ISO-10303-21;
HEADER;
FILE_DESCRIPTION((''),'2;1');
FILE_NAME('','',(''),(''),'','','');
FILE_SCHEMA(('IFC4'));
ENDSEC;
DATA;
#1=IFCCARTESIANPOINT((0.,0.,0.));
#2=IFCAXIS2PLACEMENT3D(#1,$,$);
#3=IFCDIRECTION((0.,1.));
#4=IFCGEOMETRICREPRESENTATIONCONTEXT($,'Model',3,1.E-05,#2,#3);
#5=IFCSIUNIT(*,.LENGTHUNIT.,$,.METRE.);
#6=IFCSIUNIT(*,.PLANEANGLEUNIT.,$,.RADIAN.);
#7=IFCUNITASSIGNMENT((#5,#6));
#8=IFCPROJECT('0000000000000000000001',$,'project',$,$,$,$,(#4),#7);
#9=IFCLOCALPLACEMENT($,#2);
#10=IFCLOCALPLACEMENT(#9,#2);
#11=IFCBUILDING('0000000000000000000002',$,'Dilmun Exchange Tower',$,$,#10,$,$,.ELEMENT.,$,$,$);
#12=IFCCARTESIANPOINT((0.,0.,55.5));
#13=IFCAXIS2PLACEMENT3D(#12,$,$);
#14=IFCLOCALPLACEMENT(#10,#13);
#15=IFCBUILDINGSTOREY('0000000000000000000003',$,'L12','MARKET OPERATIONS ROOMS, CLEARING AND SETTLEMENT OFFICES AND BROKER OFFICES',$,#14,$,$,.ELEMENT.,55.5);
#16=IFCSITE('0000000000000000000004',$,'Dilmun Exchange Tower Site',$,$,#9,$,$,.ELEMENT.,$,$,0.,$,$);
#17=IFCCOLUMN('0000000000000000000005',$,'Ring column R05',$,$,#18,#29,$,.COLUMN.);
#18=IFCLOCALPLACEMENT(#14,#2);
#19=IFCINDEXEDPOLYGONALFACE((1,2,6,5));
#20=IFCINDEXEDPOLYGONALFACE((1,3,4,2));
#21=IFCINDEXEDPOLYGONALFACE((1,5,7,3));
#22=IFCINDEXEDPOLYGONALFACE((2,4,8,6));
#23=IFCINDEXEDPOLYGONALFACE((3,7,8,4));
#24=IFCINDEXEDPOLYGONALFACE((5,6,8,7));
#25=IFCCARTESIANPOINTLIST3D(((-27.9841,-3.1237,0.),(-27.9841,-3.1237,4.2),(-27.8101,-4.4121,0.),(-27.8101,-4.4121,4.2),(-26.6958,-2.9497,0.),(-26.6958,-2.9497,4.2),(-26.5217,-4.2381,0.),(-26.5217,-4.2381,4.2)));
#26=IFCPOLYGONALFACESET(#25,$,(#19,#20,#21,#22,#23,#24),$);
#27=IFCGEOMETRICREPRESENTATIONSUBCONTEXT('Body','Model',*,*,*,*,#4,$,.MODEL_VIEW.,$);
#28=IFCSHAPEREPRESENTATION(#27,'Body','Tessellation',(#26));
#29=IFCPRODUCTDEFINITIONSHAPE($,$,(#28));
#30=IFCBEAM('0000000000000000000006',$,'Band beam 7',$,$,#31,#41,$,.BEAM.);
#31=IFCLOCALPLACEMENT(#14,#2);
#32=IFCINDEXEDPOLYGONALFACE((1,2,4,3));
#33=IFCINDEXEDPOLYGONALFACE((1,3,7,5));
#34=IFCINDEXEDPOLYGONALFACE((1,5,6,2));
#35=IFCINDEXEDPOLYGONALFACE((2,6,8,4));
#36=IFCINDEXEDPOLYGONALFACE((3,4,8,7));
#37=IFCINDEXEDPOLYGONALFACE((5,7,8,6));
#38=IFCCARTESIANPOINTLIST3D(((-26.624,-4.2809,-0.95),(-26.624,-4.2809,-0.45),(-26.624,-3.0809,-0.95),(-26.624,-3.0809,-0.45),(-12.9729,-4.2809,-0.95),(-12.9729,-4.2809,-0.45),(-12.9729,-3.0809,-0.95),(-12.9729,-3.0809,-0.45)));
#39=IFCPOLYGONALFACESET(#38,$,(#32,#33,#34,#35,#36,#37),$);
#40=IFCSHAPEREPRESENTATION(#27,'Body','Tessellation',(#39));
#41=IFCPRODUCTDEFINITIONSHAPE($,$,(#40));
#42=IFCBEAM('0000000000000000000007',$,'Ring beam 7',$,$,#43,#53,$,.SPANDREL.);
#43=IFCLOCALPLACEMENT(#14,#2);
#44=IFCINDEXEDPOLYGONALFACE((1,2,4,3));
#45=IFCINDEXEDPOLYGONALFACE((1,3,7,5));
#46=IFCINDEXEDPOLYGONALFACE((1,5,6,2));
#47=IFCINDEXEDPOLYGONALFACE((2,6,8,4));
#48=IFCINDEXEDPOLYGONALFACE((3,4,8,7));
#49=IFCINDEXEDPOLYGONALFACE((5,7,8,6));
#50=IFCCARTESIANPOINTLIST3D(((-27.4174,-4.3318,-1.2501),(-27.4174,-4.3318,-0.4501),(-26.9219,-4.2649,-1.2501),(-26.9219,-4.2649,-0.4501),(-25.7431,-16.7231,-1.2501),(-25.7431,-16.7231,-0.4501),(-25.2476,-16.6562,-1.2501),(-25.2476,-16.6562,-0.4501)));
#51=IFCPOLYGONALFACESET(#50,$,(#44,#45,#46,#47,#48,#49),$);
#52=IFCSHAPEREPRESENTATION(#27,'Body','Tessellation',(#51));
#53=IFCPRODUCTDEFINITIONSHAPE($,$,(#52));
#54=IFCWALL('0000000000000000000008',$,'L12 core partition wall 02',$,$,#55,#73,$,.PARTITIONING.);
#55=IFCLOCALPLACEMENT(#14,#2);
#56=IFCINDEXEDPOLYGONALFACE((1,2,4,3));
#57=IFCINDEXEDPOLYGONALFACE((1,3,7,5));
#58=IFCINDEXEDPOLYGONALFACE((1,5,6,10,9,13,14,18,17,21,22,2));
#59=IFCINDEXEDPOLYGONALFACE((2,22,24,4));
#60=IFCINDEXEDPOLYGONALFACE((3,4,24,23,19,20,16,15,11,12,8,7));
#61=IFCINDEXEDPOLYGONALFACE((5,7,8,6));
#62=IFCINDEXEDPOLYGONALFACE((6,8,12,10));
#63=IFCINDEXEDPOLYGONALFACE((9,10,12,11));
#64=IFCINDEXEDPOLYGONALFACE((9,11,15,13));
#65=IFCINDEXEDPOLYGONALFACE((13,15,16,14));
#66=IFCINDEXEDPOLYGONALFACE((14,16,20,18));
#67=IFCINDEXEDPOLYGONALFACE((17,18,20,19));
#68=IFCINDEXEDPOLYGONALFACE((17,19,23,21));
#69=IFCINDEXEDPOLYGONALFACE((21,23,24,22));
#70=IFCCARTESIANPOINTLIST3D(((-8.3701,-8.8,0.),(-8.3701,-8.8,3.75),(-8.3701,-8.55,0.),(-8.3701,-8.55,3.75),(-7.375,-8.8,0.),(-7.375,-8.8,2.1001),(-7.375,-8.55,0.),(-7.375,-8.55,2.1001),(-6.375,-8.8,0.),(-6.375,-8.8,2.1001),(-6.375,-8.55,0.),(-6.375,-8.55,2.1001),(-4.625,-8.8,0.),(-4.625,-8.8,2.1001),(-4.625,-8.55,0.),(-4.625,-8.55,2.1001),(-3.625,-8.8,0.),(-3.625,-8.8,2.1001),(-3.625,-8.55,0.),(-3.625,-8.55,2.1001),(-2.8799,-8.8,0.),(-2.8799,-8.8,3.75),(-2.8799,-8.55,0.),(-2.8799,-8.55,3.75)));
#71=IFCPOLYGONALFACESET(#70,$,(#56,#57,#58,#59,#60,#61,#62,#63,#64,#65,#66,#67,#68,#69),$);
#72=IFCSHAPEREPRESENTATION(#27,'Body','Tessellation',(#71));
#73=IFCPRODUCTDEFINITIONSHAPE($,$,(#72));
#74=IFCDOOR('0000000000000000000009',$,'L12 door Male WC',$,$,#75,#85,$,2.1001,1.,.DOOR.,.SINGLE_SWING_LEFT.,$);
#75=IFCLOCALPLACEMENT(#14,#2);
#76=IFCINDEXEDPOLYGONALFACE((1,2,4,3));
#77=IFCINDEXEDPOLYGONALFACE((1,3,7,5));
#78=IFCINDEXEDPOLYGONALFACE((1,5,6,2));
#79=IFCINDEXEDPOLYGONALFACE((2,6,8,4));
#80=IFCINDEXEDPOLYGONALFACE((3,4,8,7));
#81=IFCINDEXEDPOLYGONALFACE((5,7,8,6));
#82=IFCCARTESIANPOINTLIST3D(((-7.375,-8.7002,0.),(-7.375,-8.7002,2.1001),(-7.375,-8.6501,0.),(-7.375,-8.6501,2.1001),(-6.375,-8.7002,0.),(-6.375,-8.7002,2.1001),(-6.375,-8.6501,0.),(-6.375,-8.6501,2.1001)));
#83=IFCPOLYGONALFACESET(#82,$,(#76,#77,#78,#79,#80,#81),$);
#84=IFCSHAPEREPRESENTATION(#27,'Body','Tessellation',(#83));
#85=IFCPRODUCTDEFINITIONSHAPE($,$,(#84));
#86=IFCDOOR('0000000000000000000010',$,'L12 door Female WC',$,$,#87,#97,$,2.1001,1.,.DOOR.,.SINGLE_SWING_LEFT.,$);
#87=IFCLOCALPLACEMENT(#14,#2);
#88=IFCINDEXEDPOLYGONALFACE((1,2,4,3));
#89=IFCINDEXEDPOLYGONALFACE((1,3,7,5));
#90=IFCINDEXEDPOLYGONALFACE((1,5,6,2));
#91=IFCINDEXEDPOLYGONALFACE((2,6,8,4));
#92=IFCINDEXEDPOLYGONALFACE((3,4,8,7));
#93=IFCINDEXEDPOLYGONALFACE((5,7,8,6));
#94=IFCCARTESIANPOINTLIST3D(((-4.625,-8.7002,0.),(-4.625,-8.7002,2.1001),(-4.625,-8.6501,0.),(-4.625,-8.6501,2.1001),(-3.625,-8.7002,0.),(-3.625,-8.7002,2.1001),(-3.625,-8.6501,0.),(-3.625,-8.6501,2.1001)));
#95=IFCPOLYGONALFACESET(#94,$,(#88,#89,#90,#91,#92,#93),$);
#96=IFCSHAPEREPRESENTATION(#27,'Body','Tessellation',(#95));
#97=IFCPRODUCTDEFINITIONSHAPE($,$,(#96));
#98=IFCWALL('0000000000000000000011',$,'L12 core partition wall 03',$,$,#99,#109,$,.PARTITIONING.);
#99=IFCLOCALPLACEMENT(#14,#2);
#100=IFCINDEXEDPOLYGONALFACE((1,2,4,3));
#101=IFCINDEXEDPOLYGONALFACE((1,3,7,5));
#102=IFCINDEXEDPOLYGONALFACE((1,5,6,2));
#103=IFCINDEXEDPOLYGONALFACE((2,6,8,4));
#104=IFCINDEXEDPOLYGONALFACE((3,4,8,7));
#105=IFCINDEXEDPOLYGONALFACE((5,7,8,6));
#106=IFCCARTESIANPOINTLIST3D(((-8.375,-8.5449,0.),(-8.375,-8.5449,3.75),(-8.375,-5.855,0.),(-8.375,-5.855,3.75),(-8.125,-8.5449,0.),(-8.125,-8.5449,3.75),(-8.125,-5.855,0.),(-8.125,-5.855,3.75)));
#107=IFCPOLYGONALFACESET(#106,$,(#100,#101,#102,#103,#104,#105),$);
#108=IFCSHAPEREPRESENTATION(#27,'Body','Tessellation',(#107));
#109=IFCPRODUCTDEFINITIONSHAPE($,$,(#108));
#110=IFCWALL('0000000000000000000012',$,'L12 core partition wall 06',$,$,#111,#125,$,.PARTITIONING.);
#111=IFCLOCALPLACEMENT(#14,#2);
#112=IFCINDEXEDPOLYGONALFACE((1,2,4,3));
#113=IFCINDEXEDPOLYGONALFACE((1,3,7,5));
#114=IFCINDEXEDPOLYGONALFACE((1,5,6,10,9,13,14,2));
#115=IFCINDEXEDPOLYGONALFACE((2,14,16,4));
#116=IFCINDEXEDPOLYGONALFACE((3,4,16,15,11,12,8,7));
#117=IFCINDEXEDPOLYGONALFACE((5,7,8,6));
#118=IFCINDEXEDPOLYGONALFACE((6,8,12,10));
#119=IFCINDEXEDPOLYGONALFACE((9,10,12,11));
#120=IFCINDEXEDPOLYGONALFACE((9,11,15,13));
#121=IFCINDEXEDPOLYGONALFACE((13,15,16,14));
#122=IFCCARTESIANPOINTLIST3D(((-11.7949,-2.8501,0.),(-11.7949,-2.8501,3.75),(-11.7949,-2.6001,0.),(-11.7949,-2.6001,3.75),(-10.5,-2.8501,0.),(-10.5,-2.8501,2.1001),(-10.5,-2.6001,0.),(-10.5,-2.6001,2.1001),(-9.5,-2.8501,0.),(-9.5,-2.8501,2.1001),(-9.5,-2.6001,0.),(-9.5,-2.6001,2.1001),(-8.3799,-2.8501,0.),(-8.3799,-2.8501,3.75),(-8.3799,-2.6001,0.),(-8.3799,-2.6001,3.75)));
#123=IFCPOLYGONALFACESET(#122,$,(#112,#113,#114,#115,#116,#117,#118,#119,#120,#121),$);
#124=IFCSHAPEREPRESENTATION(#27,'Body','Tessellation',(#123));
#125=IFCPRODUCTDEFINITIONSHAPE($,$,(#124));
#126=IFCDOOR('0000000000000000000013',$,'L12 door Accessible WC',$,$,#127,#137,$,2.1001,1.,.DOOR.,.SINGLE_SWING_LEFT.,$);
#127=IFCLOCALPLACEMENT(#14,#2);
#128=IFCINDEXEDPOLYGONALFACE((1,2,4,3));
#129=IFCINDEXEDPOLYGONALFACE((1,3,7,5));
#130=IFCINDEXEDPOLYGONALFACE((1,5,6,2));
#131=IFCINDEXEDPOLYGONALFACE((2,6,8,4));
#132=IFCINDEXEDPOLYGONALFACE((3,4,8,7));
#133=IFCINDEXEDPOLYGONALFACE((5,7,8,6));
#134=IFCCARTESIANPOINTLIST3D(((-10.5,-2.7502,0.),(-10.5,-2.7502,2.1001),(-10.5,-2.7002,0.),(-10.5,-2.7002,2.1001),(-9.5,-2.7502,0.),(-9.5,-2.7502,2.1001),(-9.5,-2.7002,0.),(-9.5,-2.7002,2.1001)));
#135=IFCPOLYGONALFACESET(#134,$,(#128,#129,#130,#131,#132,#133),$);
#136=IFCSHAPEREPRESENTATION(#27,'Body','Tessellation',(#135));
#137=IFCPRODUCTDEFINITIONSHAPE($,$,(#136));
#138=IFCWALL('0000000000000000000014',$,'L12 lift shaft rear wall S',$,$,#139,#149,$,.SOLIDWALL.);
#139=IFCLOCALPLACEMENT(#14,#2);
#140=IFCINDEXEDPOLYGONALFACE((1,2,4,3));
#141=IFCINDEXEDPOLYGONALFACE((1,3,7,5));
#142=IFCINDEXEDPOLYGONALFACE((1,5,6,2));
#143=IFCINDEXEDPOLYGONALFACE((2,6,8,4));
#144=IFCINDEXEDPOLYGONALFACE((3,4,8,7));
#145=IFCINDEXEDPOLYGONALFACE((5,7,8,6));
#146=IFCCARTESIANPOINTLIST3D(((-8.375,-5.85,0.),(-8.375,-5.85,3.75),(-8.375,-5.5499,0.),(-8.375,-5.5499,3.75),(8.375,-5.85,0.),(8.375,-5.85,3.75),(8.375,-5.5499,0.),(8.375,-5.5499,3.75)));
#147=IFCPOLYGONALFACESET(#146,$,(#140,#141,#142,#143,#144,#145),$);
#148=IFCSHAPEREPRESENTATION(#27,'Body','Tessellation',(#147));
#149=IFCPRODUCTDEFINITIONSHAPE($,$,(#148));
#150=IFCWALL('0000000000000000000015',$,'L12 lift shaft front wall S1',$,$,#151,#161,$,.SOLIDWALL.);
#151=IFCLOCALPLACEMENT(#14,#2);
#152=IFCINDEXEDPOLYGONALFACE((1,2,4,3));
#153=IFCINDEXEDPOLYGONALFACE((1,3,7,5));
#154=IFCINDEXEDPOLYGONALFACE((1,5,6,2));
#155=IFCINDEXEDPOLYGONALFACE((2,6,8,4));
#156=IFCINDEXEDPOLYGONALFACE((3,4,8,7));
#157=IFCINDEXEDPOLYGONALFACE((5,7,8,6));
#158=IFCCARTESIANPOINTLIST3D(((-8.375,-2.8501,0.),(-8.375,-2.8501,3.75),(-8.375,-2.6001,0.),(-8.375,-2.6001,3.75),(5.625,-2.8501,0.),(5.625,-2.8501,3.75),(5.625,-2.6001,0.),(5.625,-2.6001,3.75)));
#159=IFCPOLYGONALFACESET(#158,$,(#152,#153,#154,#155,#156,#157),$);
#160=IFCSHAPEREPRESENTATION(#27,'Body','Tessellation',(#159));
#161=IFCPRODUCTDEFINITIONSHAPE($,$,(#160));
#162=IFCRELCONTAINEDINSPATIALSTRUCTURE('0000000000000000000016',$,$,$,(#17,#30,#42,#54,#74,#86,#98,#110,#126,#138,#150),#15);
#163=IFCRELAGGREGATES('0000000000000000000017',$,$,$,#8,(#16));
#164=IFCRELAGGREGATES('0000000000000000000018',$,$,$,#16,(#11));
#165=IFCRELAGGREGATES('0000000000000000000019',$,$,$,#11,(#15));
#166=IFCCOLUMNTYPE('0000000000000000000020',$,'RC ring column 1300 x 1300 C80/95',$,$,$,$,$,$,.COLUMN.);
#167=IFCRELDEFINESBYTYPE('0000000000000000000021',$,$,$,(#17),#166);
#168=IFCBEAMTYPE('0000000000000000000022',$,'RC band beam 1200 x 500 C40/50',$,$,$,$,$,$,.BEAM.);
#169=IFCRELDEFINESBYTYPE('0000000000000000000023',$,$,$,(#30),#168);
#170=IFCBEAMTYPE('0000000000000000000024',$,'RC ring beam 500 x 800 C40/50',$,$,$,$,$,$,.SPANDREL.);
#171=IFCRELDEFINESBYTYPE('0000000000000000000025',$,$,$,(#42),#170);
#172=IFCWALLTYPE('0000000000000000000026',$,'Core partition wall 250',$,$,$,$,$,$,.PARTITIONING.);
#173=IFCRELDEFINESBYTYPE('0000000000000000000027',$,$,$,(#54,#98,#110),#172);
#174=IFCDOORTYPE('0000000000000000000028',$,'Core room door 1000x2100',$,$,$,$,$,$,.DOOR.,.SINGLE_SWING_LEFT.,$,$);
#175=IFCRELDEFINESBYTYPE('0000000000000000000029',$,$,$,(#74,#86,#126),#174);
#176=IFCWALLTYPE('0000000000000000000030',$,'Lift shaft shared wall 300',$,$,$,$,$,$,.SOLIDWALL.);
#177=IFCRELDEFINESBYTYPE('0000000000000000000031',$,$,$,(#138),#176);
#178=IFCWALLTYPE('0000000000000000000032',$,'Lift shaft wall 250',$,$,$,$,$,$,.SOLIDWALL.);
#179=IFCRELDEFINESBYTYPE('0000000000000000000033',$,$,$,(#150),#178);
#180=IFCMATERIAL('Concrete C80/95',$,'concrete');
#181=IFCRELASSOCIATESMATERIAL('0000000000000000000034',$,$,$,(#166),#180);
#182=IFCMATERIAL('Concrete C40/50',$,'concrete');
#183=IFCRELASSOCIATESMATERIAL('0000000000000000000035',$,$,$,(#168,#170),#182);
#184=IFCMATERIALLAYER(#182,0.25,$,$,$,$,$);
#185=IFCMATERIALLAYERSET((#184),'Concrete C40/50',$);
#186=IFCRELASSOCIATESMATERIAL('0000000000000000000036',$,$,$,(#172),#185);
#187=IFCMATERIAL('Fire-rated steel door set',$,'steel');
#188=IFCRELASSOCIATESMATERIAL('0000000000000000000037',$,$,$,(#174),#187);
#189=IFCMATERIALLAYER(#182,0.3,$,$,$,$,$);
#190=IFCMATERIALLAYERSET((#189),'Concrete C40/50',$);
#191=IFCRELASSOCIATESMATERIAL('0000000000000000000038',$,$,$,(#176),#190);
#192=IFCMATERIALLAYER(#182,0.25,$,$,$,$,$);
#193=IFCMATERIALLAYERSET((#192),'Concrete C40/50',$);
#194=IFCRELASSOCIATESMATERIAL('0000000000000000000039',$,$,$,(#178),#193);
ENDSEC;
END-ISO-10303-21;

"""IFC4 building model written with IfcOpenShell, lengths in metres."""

from ifc_helpers import new_model, si_unit, direction, frame, frame_2d, origin, origin_2d, place, context, subcontext, project, spatial, rectangle, extrude, material, layer, layer_set, material_profile, profile_set, type_object, element, fill, save


model = new_model("IFC4")

# Units and contexts
model_context = context("Model", 3, precision=1e-05, world=origin(), true_north=direction((0.0, 1.0)))
body_context = subcontext(model_context, "Body", "Model", "MODEL_VIEW")
ifc_project = project(units=[si_unit("LENGTHUNIT", "METRE"), si_unit("PLANEANGLEUNIT", "RADIAN")], contexts=[model_context])

# Site, building, storey
site_placement = place(None, origin())
site = spatial("IfcSite", under=ifc_project, at=site_placement, Name="Dilmun Exchange Tower Site", CompositionType="ELEMENT", RefElevation=0.0)
building_placement = place(site_placement, origin())
building = spatial("IfcBuilding", under=site, at=building_placement, Name="Dilmun Exchange Tower", CompositionType="ELEMENT")
storey_placement = place(building_placement, frame((0.0, 0.0, 55.5)))
storey = spatial("IfcBuildingStorey", under=building, at=storey_placement, Name="L12", Description="MARKET OPERATIONS ROOMS, CLEARING AND SETTLEMENT OFFICES AND BROKER OFFICES", CompositionType="ELEMENT", Elevation=55.5)

# Column
ifc_material_1 = material(Name="Concrete C80/95", Category="concrete")
ifc_material_profile_1 = material_profile(ifc_material_1, rectangle(XDim=1.3, YDim=1.3, at=origin_2d()), Name="1300 x 1300")
ifc_profile_set_1 = profile_set([ifc_material_profile_1], Name="Concrete C80/95")
column_type = type_object("IfcColumnType", Name="RC ring column 1300 x 1300 C80/95", PredefinedType="COLUMN", material=ifc_profile_set_1)
column_placement = place(storey_placement, frame((-27.2529, -3.6809, 0.0), z_axis=(0.0, 0.0, 1.0), x_axis=(0.991001, 0.133853, 0.0)))
element("IfcColumn", 1, at=column_placement, inside=storey, type_object=column_type, Name="Ring column R05", PredefinedType="COLUMN", context=body_context, shape_type="SweptSolid", body=[
    extrude(rectangle(XDim=1.3, YDim=1.3, at=origin_2d()), origin(), (0.0, 0.0, 1.0), 4.2),
])

# Beams
ifc_material_2 = material(Name="Concrete C40/50", Category="concrete")
ifc_material_profile_2 = material_profile(ifc_material_2, rectangle(XDim=1.2, YDim=0.5, at=origin_2d()), Name="1200 x 500")
ifc_profile_set_2 = profile_set([ifc_material_profile_2], Name="Concrete C40/50")
beam_type_1 = type_object("IfcBeamType", Name="RC band beam 1200 x 500 C40/50", PredefinedType="BEAM", material=ifc_profile_set_2)
beam_1_placement = place(storey_placement, frame((-26.624, -3.6809, -0.7), z_axis=(1.0, 0.0, 0.0), x_axis=(0.0, 1.0, 0.0)))
element("IfcBeam", 2, at=beam_1_placement, inside=storey, type_object=beam_type_1, Name="Band beam 7", PredefinedType="BEAM", context=body_context, shape_type="SweptSolid", body=[
    extrude(rectangle(XDim=1.2, YDim=0.5, at=origin_2d()), origin(), (0.0, 0.0, 1.0), 13.6511),
])
ifc_material_profile_3 = material_profile(ifc_material_2, rectangle(XDim=0.5, YDim=0.8, at=origin_2d()), Name="500 x 800")
ifc_profile_set_3 = profile_set([ifc_material_profile_3], Name="Concrete C40/50")
beam_type_2 = type_object("IfcBeamType", Name="RC ring beam 500 x 800 C40/50", PredefinedType="SPANDREL", material=ifc_profile_set_3)
beam_2_placement = place(storey_placement, frame((-27.1697, -4.2983, -0.8501), z_axis=(0.133903, -0.990994, 0.0), x_axis=(0.990994, 0.133903, 0.0)))
element("IfcBeam", 3, at=beam_2_placement, inside=storey, type_object=beam_type_2, Name="Ring beam 7", PredefinedType="SPANDREL", context=body_context, shape_type="SweptSolid", body=[
    extrude(rectangle(XDim=0.5, YDim=0.8, at=origin_2d()), origin(), (0.0, 0.0, 1.0), 12.5039),
])

# Wall, openings, doors
ifc_layer_1 = layer(ifc_material_2, 0.25)
ifc_layer_set_1 = layer_set([ifc_layer_1], Name="Concrete C40/50")
wall_type_1 = type_object("IfcWallType", Name="Core partition wall 250", PredefinedType="PARTITIONING", material=ifc_layer_set_1)
wall_1_placement = place(storey_placement, frame((-8.3701, -8.675, 0.0), z_axis=(0.0, 0.0, 1.0), x_axis=(1.0, 0.0, 0.0)))
wall_1 = element("IfcWall", 4, at=wall_1_placement, inside=storey, type_object=wall_type_1, Name="L12 core partition wall 02", PredefinedType="PARTITIONING", context=body_context, shape_type="SweptSolid", body=[
    extrude(rectangle(XDim=5.4902, YDim=0.25, at=frame_2d((2.7451, 0.0))), origin(), (0.0, 0.0, 1.0), 3.75),
])
opening_1_placement = place(wall_1_placement, frame((0.9951, 0.0, 0.0)))
opening_1 = element("IfcOpeningElement", 5, at=opening_1_placement, cuts=wall_1, PredefinedType="OPENING", context=body_context, shape_type="SweptSolid", body=[
    extrude(rectangle(XDim=1.0, YDim=2.1001, at=frame_2d((0.5, 1.05))), frame((0.0, 0.135, 0.0), z_axis=(0.0, -1.0, 0.0), x_axis=(1.0, 0.0, 0.0)), (0.0, 0.0, 1.0), 0.27),
])
opening_2_placement = place(wall_1_placement, frame((3.7451, 0.0, 0.0)))
opening_2 = element("IfcOpeningElement", 6, at=opening_2_placement, cuts=wall_1, PredefinedType="OPENING", context=body_context, shape_type="SweptSolid", body=[
    extrude(rectangle(XDim=1.0, YDim=2.1001, at=frame_2d((0.5, 1.05))), frame((0.0, 0.135, 0.0), z_axis=(0.0, -1.0, 0.0), x_axis=(1.0, 0.0, 0.0)), (0.0, 0.0, 1.0), 0.27),
])
ifc_material_3 = material(Name="Fire-rated steel door set", Category="steel")
door_type = type_object("IfcDoorType", Name="Core room door 1000x2100", OperationType="SINGLE_SWING_LEFT", PredefinedType="DOOR", material=ifc_material_3)
door_1_placement = place(opening_1_placement, origin())
door_1 = element("IfcDoor", 7, at=door_1_placement, inside=storey, type_object=door_type, Name="L12 door Male WC", OperationType="SINGLE_SWING_LEFT", OverallHeight=2.1001, OverallWidth=1.0, PredefinedType="DOOR", context=body_context, shape_type="SweptSolid", body=[
    extrude(rectangle(XDim=1.0, YDim=2.1001, at=frame_2d((0.5, 1.05))), frame((0.0, 0.0249, 0.0), z_axis=(0.0, -1.0, 0.0), x_axis=(1.0, 0.0, 0.0)), (0.0, 0.0, 1.0), 0.05),
])
fill(opening_1, door_1)
door_2_placement = place(opening_2_placement, origin())
door_2 = element("IfcDoor", 8, at=door_2_placement, inside=storey, type_object=door_type, Name="L12 door Female WC", OperationType="SINGLE_SWING_LEFT", OverallHeight=2.1001, OverallWidth=1.0, PredefinedType="DOOR", context=body_context, shape_type="SweptSolid", body=[
    extrude(rectangle(XDim=1.0, YDim=2.1001, at=frame_2d((0.5, 1.05))), frame((0.0, 0.0249, 0.0), z_axis=(0.0, -1.0, 0.0), x_axis=(1.0, 0.0, 0.0)), (0.0, 0.0, 1.0), 0.05),
])
fill(opening_2, door_2)

# Wall
wall_2_placement = place(storey_placement, frame((-8.25, -8.5449, 0.0), z_axis=(0.0, 0.0, 1.0), x_axis=(0.0, 1.0, 0.0)))
element("IfcWall", 9, at=wall_2_placement, inside=storey, type_object=wall_type_1, Name="L12 core partition wall 03", PredefinedType="PARTITIONING", context=body_context, shape_type="SweptSolid", body=[
    extrude(rectangle(XDim=2.6899, YDim=0.25, at=frame_2d((1.345, 0.0))), origin(), (0.0, 0.0, 1.0), 3.75),
])

# Wall, opening, door
wall_3_placement = place(storey_placement, frame((-11.7949, -2.7251, 0.0), z_axis=(0.0, 0.0, 1.0), x_axis=(1.0, 0.0, 0.0)))
wall_3 = element("IfcWall", 10, at=wall_3_placement, inside=storey, type_object=wall_type_1, Name="L12 core partition wall 06", PredefinedType="PARTITIONING", context=body_context, shape_type="SweptSolid", body=[
    extrude(rectangle(XDim=3.415, YDim=0.25, at=frame_2d((1.7075, 0.0))), origin(), (0.0, 0.0, 1.0), 3.75),
])
opening_3_placement = place(wall_3_placement, frame((1.2949, 0.0, 0.0)))
opening_3 = element("IfcOpeningElement", 11, at=opening_3_placement, cuts=wall_3, PredefinedType="OPENING", context=body_context, shape_type="SweptSolid", body=[
    extrude(rectangle(XDim=1.0, YDim=2.1001, at=frame_2d((0.5, 1.05))), frame((0.0, 0.135, 0.0), z_axis=(0.0, -1.0, 0.0), x_axis=(1.0, 0.0, 0.0)), (0.0, 0.0, 1.0), 0.27),
])
door_3_placement = place(opening_3_placement, origin())
door_3 = element("IfcDoor", 12, at=door_3_placement, inside=storey, type_object=door_type, Name="L12 door Accessible WC", OperationType="SINGLE_SWING_LEFT", OverallHeight=2.1001, OverallWidth=1.0, PredefinedType="DOOR", context=body_context, shape_type="SweptSolid", body=[
    extrude(rectangle(XDim=1.0, YDim=2.1001, at=frame_2d((0.5, 1.05))), frame((0.0, 0.0249, 0.0), z_axis=(0.0, -1.0, 0.0), x_axis=(1.0, 0.0, 0.0)), (0.0, 0.0, 1.0), 0.05),
])
fill(opening_3, door_3)

# Walls
ifc_layer_2 = layer(ifc_material_2, 0.3)
ifc_layer_set_2 = layer_set([ifc_layer_2], Name="Concrete C40/50")
wall_type_2 = type_object("IfcWallType", Name="Lift shaft shared wall 300", PredefinedType="SOLIDWALL", material=ifc_layer_set_2)
wall_4_placement = place(storey_placement, frame((-8.375, -5.7, 0.0), z_axis=(0.0, 0.0, 1.0), x_axis=(1.0, 0.0, 0.0)))
element("IfcWall", 13, at=wall_4_placement, inside=storey, type_object=wall_type_2, Name="L12 lift shaft rear wall S", PredefinedType="SOLIDWALL", context=body_context, shape_type="SweptSolid", body=[
    extrude(rectangle(XDim=16.75, YDim=0.3, at=frame_2d((8.375, 0.0))), origin(), (0.0, 0.0, 1.0), 3.75),
])
ifc_layer_3 = layer(ifc_material_2, 0.25)
ifc_layer_set_3 = layer_set([ifc_layer_3], Name="Concrete C40/50")
wall_type_3 = type_object("IfcWallType", Name="Lift shaft wall 250", PredefinedType="SOLIDWALL", material=ifc_layer_set_3)
wall_5_placement = place(storey_placement, frame((-8.375, -2.7251, 0.0), z_axis=(0.0, 0.0, 1.0), x_axis=(1.0, 0.0, 0.0)))
element("IfcWall", 14, at=wall_5_placement, inside=storey, type_object=wall_type_3, Name="L12 lift shaft front wall S1", PredefinedType="SOLIDWALL", context=body_context, shape_type="SweptSolid", body=[
    extrude(rectangle(XDim=14.0, YDim=0.25, at=frame_2d((7.0, 0.0))), origin(), (0.0, 0.0, 1.0), 3.75),
])

save(model, "model.ifc")
